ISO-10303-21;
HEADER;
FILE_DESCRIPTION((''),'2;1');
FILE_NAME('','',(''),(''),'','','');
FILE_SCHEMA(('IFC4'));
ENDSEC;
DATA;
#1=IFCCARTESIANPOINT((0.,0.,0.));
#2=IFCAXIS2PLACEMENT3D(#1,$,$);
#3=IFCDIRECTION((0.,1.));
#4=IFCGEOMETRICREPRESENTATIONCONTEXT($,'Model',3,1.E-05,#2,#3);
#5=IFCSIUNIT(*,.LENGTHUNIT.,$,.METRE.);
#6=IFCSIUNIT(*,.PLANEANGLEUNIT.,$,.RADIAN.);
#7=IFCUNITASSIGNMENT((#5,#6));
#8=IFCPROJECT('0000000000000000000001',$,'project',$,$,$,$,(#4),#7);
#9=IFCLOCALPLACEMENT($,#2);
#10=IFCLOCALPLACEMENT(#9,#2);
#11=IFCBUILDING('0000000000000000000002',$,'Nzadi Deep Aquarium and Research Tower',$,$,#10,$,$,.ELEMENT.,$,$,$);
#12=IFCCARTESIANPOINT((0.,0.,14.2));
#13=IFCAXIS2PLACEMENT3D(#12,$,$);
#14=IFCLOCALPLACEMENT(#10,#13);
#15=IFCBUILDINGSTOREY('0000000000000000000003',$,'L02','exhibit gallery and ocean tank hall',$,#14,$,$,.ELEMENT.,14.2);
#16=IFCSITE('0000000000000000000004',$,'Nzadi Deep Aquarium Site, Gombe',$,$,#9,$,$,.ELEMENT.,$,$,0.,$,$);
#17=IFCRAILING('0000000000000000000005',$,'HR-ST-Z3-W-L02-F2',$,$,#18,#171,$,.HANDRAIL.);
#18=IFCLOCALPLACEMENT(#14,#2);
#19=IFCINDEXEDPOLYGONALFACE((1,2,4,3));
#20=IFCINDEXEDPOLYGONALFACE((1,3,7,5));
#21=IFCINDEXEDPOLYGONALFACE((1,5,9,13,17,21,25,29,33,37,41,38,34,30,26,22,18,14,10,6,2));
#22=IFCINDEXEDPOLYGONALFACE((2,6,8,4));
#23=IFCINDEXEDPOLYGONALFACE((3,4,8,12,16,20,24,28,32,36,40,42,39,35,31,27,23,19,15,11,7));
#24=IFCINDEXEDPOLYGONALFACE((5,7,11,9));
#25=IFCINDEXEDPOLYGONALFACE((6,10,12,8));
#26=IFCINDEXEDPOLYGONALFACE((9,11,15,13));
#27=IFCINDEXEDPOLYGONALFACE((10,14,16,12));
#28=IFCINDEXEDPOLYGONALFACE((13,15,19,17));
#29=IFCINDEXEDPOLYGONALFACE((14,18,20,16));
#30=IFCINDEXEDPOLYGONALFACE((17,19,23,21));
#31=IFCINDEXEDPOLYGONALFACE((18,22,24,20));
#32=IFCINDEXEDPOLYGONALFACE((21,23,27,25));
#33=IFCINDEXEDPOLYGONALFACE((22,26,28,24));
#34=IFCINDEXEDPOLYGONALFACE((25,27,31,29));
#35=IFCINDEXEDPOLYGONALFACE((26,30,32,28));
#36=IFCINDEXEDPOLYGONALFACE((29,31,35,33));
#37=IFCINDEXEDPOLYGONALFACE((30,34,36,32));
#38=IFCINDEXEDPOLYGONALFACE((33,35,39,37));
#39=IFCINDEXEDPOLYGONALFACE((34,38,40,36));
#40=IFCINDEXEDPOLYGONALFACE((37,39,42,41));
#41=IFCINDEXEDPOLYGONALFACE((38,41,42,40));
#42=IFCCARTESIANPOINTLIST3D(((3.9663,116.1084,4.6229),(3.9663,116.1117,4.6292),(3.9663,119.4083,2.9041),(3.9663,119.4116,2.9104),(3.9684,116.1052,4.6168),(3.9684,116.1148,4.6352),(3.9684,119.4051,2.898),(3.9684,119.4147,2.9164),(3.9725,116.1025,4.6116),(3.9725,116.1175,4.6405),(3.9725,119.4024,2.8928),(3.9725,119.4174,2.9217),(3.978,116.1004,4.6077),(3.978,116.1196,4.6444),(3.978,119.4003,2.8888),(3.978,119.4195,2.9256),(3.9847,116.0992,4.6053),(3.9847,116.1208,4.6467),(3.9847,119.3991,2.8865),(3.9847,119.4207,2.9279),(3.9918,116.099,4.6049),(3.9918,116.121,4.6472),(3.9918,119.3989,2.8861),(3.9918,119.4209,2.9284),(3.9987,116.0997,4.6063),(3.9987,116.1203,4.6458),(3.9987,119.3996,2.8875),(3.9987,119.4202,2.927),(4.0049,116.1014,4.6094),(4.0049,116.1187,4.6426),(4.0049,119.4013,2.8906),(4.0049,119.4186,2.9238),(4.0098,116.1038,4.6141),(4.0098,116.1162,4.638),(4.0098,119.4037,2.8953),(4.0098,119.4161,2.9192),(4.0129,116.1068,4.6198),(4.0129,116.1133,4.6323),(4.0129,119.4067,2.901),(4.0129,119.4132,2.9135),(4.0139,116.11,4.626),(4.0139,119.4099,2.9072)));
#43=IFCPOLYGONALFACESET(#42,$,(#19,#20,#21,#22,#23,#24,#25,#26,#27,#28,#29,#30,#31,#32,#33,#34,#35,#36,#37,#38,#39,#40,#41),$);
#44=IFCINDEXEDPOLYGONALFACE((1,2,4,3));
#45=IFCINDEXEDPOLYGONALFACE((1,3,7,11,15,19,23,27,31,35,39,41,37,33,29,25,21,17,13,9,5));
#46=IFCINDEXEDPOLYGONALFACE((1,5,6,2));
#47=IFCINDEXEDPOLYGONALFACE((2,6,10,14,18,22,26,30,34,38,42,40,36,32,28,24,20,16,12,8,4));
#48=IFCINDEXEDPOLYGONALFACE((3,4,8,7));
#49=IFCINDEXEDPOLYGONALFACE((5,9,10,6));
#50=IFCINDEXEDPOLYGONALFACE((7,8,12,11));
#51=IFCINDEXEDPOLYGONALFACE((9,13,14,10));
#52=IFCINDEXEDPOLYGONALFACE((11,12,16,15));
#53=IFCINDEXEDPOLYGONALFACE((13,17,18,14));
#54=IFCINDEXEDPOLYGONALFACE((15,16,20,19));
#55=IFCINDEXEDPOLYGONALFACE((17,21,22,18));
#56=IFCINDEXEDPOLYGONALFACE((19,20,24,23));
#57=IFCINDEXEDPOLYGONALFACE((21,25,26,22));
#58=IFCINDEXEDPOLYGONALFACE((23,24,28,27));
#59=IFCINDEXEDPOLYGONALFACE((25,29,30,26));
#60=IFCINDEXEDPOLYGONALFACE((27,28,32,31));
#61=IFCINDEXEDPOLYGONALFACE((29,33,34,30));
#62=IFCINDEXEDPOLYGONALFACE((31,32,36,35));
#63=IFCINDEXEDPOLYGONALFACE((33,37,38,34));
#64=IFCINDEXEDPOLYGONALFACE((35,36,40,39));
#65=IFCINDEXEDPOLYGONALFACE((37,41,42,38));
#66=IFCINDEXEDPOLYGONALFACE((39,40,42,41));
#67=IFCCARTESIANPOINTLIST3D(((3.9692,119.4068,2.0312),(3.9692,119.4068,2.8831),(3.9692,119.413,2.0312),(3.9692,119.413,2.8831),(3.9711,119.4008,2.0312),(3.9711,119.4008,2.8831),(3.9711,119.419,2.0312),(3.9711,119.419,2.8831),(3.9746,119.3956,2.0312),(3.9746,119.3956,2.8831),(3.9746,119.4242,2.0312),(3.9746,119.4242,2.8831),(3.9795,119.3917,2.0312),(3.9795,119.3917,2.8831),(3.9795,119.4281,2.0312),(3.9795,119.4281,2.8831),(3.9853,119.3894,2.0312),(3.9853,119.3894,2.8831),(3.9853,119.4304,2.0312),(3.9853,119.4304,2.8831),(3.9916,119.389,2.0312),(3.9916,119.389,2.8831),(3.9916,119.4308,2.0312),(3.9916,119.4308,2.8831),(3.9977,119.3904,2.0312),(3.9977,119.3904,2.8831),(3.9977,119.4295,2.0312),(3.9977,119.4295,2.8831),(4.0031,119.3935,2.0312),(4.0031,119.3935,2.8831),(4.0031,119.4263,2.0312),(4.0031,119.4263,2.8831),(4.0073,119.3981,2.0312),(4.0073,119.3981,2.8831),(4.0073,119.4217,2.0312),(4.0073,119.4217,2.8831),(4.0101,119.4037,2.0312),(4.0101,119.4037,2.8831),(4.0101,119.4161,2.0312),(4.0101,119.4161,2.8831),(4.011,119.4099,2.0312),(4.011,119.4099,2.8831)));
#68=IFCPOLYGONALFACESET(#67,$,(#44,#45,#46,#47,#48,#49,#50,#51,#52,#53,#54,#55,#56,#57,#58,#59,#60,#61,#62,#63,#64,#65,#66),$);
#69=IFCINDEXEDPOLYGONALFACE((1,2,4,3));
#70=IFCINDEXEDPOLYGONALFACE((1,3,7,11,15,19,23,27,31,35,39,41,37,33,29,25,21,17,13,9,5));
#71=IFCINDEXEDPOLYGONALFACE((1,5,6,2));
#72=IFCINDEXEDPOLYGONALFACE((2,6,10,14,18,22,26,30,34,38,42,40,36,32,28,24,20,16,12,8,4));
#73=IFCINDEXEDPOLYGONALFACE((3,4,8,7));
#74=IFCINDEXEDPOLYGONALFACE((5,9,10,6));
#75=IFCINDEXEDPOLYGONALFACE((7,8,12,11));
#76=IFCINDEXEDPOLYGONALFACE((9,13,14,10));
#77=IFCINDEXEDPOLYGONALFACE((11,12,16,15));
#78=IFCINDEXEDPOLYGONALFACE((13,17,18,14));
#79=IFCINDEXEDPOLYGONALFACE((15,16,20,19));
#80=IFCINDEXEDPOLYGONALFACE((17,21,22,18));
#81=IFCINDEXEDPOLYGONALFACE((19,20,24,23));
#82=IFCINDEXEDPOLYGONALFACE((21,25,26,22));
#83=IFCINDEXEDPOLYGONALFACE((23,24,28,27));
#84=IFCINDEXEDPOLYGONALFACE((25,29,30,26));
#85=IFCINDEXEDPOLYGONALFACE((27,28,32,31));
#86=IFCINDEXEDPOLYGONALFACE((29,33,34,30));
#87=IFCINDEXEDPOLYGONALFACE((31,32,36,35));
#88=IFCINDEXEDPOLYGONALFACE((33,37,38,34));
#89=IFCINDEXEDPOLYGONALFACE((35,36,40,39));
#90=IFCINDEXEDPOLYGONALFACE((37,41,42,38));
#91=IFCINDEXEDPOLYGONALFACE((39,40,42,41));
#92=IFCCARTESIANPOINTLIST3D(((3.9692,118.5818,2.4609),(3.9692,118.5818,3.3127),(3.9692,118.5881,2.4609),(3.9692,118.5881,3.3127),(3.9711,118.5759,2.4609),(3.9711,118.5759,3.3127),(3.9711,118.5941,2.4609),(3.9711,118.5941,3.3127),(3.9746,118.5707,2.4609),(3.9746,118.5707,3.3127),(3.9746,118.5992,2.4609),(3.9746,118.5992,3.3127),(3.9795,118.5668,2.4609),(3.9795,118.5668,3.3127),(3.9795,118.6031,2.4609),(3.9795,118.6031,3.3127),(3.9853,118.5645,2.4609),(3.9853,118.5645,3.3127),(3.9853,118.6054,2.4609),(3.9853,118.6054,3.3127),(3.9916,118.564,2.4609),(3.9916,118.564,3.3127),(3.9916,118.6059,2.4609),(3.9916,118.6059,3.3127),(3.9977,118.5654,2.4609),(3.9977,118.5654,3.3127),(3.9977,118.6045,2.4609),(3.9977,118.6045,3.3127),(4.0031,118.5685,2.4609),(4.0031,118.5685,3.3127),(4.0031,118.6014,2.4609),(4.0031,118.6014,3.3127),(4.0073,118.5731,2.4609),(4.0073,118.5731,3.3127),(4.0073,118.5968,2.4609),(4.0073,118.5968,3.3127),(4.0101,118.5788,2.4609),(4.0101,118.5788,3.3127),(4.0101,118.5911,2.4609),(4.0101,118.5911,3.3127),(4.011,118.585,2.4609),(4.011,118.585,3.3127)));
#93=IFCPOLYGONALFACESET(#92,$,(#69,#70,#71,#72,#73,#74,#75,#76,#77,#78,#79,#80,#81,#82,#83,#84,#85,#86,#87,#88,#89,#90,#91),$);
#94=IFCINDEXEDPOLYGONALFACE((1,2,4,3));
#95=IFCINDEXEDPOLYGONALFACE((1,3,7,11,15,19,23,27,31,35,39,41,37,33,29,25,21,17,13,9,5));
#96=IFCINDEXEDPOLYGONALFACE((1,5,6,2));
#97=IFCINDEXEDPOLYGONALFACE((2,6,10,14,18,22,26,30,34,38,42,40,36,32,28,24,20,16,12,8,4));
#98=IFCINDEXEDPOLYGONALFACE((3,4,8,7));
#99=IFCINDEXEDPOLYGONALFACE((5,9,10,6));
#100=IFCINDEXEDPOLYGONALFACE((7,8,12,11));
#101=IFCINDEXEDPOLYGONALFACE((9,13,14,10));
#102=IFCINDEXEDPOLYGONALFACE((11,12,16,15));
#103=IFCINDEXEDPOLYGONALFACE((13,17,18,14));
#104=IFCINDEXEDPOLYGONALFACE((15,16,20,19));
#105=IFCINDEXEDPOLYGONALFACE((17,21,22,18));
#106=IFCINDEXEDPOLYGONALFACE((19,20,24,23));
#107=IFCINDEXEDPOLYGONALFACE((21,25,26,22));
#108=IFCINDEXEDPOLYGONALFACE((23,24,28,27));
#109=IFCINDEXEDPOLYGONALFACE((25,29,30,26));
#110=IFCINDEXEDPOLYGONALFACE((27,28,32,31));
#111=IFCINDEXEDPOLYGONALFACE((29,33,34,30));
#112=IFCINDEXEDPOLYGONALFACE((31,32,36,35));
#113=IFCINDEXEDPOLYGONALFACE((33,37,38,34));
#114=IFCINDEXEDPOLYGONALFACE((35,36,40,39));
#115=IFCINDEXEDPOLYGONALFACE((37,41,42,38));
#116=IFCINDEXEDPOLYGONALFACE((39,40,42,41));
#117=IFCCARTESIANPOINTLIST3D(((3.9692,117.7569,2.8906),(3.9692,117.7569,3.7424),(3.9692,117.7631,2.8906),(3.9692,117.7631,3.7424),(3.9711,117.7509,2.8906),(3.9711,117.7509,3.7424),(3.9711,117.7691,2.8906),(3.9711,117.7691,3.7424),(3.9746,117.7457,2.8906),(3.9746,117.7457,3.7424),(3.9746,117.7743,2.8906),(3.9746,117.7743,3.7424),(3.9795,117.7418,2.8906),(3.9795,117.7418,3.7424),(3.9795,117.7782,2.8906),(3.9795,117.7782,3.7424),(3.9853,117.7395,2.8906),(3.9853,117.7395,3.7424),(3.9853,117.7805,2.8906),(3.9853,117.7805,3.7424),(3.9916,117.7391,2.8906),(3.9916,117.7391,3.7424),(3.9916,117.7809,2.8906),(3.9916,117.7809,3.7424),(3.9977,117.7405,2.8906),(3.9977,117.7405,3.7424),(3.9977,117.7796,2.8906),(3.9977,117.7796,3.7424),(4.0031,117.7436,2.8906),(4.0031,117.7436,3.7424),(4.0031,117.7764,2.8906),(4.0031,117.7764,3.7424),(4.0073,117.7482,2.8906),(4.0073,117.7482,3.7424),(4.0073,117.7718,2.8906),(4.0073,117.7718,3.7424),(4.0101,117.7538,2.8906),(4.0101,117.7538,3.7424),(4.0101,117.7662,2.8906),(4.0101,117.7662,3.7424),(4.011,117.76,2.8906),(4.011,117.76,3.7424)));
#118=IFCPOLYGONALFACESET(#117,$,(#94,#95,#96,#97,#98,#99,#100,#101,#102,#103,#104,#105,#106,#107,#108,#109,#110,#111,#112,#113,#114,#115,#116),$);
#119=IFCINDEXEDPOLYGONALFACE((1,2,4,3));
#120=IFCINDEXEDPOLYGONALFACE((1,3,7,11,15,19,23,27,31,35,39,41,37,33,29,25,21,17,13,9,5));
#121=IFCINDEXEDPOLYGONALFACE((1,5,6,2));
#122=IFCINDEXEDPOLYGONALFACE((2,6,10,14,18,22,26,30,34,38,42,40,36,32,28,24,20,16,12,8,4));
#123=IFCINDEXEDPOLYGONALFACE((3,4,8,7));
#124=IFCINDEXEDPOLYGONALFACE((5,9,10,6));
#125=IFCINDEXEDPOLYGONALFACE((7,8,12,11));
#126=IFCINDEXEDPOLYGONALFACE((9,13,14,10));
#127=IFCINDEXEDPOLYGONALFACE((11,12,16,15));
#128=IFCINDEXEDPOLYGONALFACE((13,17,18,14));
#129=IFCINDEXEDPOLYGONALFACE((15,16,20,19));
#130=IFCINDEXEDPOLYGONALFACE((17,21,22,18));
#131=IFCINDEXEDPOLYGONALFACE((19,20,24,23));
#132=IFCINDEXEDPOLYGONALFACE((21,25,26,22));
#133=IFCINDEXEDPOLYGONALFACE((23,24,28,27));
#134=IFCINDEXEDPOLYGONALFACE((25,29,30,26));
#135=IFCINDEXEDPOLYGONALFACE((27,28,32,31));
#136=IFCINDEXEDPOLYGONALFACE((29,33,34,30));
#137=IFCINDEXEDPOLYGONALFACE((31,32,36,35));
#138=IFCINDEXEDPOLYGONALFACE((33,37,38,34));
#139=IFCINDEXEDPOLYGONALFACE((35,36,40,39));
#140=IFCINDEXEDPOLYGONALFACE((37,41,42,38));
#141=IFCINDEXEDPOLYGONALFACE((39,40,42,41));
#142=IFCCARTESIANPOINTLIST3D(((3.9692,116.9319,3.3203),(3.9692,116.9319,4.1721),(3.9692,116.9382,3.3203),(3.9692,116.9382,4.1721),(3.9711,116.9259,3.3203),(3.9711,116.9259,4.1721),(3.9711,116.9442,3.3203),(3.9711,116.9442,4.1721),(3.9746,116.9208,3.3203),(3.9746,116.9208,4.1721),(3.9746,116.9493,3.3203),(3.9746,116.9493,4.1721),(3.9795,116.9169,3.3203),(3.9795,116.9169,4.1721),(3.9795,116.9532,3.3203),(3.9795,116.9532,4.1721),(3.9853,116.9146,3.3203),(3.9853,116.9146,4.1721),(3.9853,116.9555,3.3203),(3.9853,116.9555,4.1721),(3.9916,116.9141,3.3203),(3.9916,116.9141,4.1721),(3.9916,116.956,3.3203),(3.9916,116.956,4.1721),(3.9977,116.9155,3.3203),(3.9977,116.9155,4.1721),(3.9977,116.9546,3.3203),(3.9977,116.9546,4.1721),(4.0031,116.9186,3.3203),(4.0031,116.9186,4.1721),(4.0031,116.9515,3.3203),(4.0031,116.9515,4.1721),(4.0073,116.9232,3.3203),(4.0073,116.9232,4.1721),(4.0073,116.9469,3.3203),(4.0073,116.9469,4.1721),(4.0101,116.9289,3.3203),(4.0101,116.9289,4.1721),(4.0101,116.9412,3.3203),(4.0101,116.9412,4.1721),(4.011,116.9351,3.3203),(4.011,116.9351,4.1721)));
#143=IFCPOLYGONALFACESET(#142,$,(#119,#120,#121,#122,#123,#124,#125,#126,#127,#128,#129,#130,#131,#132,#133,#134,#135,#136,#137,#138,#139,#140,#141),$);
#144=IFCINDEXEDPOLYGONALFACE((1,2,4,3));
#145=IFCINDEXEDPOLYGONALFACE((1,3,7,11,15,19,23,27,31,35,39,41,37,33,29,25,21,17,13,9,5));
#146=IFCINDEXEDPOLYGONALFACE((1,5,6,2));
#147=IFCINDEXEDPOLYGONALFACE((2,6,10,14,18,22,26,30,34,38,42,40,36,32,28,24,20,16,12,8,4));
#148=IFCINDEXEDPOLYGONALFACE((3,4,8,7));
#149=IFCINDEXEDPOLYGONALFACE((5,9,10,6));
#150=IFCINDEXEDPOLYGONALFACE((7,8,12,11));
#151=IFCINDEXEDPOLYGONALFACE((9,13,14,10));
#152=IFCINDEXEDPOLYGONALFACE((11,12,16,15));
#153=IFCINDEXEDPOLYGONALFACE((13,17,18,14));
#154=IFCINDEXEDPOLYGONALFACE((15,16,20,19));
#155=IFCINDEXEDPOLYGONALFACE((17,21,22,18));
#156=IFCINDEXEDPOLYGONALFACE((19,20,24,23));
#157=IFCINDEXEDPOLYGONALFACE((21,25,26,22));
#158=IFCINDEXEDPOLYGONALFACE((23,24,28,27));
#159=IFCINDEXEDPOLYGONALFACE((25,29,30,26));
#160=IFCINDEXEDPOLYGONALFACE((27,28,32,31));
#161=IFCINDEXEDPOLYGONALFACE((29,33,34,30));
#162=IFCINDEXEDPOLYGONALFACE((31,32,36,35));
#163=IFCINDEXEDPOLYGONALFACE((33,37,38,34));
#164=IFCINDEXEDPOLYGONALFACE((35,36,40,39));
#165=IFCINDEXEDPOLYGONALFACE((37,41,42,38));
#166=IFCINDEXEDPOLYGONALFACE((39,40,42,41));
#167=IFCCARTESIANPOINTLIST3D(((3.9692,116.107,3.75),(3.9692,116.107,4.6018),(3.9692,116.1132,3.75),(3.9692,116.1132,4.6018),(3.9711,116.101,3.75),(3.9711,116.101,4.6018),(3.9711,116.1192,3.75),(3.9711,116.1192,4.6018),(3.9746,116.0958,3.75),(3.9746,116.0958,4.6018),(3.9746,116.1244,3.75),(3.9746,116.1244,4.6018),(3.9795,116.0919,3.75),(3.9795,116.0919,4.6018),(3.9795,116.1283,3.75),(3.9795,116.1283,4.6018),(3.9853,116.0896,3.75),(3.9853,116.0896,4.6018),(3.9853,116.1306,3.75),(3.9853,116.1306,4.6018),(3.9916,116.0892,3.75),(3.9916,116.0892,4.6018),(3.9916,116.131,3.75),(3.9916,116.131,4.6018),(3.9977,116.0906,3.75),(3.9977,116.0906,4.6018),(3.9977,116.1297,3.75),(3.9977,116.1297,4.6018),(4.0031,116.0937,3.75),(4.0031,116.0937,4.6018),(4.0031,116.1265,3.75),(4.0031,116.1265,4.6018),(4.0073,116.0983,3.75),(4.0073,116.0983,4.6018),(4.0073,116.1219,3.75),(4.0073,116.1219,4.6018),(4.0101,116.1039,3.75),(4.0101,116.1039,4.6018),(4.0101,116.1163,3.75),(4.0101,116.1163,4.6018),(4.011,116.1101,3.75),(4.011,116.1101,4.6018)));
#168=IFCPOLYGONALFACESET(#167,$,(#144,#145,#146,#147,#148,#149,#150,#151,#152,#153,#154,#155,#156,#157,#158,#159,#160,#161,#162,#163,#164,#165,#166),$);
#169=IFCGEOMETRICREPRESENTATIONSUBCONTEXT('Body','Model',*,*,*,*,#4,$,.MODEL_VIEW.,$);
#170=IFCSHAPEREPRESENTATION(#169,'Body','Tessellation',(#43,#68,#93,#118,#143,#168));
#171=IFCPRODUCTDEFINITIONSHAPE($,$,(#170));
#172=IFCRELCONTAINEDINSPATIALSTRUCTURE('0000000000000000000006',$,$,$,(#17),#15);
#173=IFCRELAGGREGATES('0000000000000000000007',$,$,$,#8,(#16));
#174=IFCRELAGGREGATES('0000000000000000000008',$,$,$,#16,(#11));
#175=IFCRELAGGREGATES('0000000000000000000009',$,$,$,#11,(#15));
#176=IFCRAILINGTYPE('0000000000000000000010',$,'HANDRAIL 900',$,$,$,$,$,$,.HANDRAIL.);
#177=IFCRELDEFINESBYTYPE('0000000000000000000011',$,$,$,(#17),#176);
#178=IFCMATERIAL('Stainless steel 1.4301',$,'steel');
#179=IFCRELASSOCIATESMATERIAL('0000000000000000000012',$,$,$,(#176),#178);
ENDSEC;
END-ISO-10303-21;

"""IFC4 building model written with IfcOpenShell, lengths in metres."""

from ifc_helpers import new_model, si_unit, direction, frame, origin, origin_2d, place, context, subcontext, project, spatial, circle, extrude, material, type_object, element, save


model = new_model("IFC4")

# Units and contexts
model_context = context("Model", 3, precision=1e-05, world=origin(), true_north=direction((0.0, 1.0)))
body_context = subcontext(model_context, "Body", "Model", "MODEL_VIEW")
ifc_project = project(units=[si_unit("LENGTHUNIT", "METRE"), si_unit("PLANEANGLEUNIT", "RADIAN")], contexts=[model_context])

# Site, building, storey
site_placement = place(None, origin())
site = spatial("IfcSite", under=ifc_project, at=site_placement, Name="Nzadi Deep Aquarium Site, Gombe", CompositionType="ELEMENT", RefElevation=0.0)
building_placement = place(site_placement, origin())
building = spatial("IfcBuilding", under=site, at=building_placement, Name="Nzadi Deep Aquarium and Research Tower", CompositionType="ELEMENT")
storey_placement = place(building_placement, frame((0.0, 0.0, 14.2)))
storey = spatial("IfcBuildingStorey", under=building, at=storey_placement, Name="L02", Description="exhibit gallery and ocean tank hall", CompositionType="ELEMENT", Elevation=14.2)

# Railing
ifc_material_1 = material(Name="Stainless steel 1.4301", Category="steel")
railing_type = type_object("IfcRailingType", Name="HANDRAIL 900", PredefinedType="HANDRAIL", material=ifc_material_1)
for number, where, name in (
    (1, (3.99, 119.4099, 2.0312), "HR-ST-Z3-W-L02-F2"),
):
    element("IfcRailing", number, at=place(storey_placement, frame(where)), inside=storey, type_object=railing_type, Name=name, PredefinedType="HANDRAIL", context=body_context, shape_type="SweptSolid", body=[
        extrude(circle(Radius=0.0239, at=origin_2d()), frame((0.0, 0.0, 0.876), z_axis=(0.0, -0.886903, 0.461956), x_axis=(1.0, 0.0, 0.0)), (0.0, 0.0, 1.0), 3.7207),
        extrude(circle(Radius=0.021, at=origin_2d()), origin(), (0.0, 0.0, 1.0), 0.8518),
        extrude(circle(Radius=0.021, at=origin_2d()), frame((0.0, -0.825, 0.4297)), (0.0, 0.0, 1.0), 0.8518),
        extrude(circle(Radius=0.021, at=origin_2d()), frame((0.0, -1.6499, 0.8594)), (0.0, 0.0, 1.0), 0.8518),
        extrude(circle(Radius=0.021, at=origin_2d()), frame((0.0, -2.4749, 1.2891)), (0.0, 0.0, 1.0), 0.8518),
        extrude(circle(Radius=0.021, at=origin_2d()), frame((0.0, -3.2998, 1.7188)), (0.0, 0.0, 1.0), 0.8518),
    ])

save(model, "model.ifc")
